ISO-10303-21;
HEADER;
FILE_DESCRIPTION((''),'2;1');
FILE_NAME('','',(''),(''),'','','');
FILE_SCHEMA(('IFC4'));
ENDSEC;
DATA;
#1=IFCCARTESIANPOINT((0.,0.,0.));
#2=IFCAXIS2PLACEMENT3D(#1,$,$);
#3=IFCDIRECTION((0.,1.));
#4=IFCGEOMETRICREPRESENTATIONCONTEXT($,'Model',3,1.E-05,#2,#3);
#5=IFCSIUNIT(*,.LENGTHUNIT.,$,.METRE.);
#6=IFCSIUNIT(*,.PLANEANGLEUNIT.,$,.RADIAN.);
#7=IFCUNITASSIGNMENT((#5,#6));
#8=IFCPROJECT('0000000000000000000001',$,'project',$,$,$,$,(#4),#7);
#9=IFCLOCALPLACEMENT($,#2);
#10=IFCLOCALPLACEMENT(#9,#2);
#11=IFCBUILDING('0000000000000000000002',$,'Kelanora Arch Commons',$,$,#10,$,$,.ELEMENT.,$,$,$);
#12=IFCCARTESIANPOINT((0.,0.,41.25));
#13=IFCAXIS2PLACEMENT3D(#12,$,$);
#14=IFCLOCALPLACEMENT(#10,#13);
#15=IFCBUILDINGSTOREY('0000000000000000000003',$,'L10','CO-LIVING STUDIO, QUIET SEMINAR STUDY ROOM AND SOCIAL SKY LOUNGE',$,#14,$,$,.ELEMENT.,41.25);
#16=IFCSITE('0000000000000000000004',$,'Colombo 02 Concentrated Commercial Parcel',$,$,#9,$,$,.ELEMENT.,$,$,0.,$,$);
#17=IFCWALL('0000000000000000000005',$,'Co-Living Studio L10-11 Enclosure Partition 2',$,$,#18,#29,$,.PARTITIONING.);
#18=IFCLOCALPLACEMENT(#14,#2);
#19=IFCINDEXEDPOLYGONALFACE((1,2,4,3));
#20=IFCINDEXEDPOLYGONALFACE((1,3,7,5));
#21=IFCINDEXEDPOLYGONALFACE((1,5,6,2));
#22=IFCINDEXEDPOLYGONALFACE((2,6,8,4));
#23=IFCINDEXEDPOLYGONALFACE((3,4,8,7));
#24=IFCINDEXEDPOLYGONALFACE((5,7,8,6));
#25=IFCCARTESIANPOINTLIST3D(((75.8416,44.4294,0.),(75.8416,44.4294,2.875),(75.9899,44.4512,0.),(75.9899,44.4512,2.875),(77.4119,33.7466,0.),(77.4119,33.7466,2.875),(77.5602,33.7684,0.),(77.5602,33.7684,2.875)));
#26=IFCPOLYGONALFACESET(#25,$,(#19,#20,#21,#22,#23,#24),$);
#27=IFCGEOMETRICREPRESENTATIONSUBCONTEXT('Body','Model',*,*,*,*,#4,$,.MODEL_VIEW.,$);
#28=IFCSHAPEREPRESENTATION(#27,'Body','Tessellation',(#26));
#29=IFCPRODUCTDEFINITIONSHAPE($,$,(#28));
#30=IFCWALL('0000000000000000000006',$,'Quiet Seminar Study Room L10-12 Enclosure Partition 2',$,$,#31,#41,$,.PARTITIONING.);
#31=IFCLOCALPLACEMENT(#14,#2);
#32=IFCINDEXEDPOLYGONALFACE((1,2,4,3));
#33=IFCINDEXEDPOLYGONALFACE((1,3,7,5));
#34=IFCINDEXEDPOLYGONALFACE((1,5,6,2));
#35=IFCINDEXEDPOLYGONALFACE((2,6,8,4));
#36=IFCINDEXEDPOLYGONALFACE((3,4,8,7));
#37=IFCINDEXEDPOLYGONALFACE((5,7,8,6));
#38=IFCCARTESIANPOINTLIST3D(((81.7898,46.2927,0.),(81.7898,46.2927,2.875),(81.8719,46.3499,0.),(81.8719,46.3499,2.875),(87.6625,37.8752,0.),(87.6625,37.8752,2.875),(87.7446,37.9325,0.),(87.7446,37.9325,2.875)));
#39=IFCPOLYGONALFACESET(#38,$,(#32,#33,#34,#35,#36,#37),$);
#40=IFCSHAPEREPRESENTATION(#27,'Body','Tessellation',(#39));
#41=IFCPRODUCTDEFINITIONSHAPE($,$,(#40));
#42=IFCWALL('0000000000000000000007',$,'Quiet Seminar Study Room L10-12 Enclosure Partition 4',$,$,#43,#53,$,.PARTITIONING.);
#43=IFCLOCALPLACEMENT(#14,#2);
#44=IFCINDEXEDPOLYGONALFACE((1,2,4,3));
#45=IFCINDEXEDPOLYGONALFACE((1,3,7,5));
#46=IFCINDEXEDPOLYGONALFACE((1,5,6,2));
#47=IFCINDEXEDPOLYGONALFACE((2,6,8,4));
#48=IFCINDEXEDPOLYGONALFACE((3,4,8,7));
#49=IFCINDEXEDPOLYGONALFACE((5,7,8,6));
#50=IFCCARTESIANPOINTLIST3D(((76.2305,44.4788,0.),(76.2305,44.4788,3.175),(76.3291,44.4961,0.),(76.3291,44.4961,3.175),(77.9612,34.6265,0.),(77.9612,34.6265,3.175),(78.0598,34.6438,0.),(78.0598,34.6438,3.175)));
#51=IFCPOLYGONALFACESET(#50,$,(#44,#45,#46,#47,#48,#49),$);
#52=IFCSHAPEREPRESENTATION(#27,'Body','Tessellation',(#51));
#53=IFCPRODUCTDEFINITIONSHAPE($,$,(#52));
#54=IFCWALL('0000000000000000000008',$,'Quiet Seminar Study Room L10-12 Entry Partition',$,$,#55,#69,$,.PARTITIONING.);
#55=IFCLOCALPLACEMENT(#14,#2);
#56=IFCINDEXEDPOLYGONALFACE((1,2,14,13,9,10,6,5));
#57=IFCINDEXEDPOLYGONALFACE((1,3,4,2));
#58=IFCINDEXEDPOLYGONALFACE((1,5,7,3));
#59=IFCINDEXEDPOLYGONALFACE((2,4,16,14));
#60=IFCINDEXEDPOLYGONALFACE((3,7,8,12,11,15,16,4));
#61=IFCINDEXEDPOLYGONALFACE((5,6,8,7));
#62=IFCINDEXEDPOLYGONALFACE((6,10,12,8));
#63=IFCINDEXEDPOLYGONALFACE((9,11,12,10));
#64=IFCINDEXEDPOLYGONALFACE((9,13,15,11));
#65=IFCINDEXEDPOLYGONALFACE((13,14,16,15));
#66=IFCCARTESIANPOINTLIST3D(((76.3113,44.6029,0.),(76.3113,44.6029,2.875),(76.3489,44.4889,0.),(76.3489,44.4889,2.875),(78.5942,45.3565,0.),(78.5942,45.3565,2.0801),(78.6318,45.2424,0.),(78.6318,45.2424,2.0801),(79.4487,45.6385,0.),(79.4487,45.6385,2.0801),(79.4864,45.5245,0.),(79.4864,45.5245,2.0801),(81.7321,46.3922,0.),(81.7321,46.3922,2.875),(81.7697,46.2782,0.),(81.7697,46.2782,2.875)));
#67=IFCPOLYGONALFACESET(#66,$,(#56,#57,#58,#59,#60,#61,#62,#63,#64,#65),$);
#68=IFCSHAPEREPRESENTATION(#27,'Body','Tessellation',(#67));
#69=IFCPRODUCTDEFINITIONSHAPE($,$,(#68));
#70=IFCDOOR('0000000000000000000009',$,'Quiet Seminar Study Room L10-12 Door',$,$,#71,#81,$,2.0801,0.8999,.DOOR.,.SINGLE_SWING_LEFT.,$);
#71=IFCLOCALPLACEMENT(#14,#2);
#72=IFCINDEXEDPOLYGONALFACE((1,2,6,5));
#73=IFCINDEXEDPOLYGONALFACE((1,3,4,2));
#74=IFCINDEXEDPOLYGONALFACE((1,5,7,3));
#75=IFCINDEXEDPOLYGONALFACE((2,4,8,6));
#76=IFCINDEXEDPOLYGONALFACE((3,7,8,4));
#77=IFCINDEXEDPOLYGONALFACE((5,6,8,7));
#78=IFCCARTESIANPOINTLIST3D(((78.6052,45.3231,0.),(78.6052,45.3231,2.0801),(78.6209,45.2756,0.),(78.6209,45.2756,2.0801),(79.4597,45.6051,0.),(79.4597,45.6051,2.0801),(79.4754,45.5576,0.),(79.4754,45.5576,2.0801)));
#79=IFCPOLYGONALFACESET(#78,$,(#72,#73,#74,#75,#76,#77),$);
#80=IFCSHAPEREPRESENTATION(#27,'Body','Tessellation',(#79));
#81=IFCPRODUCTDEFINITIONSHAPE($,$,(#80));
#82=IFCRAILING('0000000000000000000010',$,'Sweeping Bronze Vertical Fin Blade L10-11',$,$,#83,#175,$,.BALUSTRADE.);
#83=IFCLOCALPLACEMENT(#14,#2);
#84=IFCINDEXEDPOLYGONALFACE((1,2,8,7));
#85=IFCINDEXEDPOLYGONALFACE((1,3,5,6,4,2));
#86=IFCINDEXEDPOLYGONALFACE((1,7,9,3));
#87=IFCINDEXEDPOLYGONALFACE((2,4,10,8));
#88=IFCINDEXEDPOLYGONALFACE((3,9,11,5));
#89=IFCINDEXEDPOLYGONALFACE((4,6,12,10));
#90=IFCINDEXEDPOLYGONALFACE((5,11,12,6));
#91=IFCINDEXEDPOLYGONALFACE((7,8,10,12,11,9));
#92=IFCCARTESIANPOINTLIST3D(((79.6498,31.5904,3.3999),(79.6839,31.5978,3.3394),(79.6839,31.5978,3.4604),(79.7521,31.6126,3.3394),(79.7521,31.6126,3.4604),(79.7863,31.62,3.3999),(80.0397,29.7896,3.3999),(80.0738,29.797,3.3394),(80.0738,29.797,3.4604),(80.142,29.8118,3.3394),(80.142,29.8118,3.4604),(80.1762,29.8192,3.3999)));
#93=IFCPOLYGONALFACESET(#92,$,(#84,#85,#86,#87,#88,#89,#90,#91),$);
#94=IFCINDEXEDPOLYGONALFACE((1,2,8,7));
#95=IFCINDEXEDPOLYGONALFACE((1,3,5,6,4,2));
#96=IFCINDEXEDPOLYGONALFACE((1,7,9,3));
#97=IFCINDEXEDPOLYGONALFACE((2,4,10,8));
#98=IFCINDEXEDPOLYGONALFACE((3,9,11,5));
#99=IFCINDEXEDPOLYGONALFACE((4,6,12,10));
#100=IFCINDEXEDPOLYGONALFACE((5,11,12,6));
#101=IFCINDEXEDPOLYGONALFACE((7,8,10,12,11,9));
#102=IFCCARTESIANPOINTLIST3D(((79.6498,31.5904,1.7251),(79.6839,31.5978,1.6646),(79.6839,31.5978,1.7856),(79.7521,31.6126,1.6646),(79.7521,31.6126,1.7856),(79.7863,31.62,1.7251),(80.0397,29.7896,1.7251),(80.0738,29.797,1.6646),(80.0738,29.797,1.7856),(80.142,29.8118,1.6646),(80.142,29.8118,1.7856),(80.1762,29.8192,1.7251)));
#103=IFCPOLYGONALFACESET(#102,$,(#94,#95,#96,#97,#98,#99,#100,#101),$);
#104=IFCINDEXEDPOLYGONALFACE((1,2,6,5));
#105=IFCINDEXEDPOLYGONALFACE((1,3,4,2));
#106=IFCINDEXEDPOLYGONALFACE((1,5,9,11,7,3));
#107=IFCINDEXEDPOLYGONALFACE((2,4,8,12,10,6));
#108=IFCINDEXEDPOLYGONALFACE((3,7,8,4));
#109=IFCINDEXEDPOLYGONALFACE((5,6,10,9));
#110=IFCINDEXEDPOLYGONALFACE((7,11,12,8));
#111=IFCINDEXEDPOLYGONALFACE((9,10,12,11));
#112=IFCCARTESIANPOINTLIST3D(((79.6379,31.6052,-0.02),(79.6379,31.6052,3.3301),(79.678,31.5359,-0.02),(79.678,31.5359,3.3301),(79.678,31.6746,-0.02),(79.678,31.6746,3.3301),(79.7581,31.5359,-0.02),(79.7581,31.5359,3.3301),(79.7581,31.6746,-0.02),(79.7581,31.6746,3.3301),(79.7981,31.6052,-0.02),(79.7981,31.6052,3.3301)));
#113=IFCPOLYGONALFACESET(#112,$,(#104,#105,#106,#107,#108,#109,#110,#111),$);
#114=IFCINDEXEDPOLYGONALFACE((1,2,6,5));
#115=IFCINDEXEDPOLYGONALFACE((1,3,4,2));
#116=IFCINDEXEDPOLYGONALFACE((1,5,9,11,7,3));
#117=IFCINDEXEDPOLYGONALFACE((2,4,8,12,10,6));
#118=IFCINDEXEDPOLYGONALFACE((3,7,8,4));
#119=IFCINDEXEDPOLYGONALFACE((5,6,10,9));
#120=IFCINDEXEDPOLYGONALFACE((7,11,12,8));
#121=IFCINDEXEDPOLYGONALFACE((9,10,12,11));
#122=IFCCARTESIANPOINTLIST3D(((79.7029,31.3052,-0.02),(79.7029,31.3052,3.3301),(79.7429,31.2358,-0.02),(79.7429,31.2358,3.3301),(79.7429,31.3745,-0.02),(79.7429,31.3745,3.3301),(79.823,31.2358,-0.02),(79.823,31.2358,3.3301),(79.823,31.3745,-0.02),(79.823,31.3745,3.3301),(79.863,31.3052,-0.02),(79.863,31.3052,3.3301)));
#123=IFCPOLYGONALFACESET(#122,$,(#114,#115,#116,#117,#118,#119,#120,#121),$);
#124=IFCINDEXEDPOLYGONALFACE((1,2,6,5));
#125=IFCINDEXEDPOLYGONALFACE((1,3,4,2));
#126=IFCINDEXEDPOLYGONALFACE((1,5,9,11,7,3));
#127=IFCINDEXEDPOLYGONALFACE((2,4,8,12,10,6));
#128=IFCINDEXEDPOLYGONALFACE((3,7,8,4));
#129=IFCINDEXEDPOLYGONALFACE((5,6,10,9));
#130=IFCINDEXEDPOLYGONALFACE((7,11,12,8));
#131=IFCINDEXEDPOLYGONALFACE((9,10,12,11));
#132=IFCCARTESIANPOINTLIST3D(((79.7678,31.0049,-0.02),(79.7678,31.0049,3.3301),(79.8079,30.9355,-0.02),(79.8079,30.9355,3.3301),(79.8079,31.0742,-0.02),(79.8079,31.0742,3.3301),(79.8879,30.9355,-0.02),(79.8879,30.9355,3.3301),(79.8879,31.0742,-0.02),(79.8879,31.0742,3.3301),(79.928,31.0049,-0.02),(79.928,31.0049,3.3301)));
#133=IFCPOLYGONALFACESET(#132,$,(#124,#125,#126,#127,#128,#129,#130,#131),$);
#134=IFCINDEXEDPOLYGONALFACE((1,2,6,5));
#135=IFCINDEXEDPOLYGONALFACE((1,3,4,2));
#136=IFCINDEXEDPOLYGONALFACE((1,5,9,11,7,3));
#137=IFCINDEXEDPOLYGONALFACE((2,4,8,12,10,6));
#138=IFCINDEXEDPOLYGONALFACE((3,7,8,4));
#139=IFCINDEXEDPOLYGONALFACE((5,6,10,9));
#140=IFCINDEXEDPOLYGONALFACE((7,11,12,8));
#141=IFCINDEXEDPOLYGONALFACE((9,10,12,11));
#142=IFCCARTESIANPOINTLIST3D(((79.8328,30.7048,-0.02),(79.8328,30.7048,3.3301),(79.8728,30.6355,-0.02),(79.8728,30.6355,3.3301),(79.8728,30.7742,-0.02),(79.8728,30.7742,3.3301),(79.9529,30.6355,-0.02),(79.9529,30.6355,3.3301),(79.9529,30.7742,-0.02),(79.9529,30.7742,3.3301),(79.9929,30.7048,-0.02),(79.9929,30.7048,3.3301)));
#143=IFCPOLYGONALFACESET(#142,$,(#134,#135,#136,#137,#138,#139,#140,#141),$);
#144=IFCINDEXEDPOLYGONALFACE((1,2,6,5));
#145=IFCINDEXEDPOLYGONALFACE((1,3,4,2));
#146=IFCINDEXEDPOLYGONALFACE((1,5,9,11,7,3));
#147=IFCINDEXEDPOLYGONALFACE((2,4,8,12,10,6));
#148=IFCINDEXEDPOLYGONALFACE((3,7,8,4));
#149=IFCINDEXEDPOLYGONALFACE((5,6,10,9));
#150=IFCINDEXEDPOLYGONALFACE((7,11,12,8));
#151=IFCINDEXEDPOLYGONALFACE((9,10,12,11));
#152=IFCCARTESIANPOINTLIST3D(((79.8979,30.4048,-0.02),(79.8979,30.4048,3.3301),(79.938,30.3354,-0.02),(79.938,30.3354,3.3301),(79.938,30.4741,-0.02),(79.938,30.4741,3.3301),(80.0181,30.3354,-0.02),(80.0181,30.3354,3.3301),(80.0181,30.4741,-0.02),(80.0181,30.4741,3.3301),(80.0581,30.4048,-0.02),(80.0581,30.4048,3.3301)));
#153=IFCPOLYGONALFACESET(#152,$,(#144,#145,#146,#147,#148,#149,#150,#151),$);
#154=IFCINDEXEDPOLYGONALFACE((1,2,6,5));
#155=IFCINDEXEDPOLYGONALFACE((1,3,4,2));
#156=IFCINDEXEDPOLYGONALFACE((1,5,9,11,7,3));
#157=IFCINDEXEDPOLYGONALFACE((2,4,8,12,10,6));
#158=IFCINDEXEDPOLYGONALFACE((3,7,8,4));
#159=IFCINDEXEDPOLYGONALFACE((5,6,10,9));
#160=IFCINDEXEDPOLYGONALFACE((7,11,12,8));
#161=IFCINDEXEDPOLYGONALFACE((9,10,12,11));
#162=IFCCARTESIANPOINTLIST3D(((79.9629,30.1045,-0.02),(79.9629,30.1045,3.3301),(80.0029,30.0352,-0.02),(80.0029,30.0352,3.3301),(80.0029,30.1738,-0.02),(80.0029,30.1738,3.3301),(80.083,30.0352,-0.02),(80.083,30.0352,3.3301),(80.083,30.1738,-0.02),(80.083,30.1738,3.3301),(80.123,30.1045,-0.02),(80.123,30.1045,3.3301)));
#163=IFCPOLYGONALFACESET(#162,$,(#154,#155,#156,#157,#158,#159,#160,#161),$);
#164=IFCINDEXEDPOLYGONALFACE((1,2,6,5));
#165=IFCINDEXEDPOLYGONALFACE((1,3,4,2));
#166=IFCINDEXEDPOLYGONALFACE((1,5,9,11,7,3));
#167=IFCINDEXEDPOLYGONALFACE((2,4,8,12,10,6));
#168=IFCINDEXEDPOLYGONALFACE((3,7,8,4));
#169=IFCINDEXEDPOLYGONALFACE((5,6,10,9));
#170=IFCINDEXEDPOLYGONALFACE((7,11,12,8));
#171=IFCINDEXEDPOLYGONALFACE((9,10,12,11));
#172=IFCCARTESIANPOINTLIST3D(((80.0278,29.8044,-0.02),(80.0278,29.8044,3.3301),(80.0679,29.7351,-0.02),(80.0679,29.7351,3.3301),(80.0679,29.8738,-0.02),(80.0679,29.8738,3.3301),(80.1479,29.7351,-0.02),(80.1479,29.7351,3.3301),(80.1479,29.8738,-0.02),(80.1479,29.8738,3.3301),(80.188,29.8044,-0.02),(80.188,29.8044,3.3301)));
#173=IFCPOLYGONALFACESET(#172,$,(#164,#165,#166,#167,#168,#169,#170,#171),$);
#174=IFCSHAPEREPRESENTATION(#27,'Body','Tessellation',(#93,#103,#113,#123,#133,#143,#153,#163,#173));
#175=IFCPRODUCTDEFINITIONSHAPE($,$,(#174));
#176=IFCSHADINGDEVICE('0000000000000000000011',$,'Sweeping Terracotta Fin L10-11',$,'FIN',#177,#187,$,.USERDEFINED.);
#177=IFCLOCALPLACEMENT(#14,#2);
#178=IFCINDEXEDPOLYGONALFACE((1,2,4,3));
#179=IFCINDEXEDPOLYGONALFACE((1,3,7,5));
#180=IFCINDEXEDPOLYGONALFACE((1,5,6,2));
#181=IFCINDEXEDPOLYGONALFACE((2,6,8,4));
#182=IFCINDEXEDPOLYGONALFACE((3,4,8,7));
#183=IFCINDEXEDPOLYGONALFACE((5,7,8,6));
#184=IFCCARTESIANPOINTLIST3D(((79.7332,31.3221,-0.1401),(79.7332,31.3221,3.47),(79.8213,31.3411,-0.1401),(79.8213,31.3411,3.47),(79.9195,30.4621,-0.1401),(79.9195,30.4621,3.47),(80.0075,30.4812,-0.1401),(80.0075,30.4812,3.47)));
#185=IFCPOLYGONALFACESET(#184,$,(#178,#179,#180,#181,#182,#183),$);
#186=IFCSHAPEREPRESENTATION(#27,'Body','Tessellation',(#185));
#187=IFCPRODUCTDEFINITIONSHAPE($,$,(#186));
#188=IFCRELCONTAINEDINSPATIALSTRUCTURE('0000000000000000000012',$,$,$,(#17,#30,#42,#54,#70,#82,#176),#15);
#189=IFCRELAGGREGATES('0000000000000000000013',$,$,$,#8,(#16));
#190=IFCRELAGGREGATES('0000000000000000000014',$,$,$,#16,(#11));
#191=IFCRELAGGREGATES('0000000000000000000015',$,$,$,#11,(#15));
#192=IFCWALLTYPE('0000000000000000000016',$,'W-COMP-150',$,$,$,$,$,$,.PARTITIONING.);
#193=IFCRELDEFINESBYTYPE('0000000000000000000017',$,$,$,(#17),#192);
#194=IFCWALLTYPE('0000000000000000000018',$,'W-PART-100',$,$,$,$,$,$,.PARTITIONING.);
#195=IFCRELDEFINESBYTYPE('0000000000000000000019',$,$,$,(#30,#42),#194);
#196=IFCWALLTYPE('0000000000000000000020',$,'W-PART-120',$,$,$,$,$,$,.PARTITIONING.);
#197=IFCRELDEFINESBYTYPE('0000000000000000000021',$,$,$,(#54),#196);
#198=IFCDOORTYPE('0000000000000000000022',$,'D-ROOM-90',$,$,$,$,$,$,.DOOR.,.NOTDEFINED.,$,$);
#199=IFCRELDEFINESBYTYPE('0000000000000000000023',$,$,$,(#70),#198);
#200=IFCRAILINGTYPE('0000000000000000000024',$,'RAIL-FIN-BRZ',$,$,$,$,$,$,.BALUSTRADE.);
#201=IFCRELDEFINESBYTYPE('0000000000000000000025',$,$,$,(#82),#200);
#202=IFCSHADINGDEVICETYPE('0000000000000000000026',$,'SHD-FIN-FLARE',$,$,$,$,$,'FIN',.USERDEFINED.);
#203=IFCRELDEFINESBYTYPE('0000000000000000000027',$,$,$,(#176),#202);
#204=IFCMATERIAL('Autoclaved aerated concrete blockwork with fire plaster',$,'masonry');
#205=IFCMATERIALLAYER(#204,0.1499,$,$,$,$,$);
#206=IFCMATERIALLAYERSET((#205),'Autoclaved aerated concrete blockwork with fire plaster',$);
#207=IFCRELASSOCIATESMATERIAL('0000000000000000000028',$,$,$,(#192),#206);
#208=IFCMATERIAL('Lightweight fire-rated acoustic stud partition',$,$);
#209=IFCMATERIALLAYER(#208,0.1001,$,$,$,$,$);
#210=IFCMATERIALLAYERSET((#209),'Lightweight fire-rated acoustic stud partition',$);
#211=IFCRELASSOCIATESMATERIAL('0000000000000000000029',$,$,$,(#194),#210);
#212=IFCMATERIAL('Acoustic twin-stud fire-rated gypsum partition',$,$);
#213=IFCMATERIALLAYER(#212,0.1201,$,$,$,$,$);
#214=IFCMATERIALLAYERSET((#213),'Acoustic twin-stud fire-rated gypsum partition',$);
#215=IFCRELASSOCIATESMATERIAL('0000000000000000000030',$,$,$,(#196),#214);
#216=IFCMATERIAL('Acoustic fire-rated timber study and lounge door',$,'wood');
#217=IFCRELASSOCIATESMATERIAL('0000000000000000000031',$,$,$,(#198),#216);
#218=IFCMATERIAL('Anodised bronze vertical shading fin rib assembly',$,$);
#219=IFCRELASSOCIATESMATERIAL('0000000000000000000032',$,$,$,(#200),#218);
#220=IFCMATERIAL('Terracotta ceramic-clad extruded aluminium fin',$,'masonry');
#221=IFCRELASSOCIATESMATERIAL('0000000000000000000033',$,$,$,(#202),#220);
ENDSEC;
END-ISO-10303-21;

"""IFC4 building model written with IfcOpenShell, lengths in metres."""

from ifc_helpers import new_model, si_unit, direction, frame, frame_2d, origin, origin_2d, place, context, subcontext, project, spatial, polyline, rectangle, outline, extrude, source, transform, mapped, material, layer, layer_set, type_object, element, fill, save


model = new_model("IFC4")

# Units and contexts
model_context = context("Model", 3, precision=1e-05, world=origin(), true_north=direction((0.0, 1.0)))
body_context = subcontext(model_context, "Body", "Model", "MODEL_VIEW")
ifc_project = project(units=[si_unit("LENGTHUNIT", "METRE"), si_unit("PLANEANGLEUNIT", "RADIAN")], contexts=[model_context])

# Site, building, storey
site_placement = place(None, origin())
site = spatial("IfcSite", under=ifc_project, at=site_placement, Name="Colombo 02 Concentrated Commercial Parcel", CompositionType="ELEMENT", RefElevation=0.0)
building_placement = place(site_placement, origin())
building = spatial("IfcBuilding", under=site, at=building_placement, Name="Kelanora Arch Commons", CompositionType="ELEMENT")
storey_placement = place(building_placement, frame((0.0, 0.0, 41.25)))
storey = spatial("IfcBuildingStorey", under=building, at=storey_placement, Name="L10", Description="CO-LIVING STUDIO, QUIET SEMINAR STUDY ROOM AND SOCIAL SKY LOUNGE", CompositionType="ELEMENT", Elevation=41.25)

# Walls
ifc_material_1 = material(Name="Autoclaved aerated concrete blockwork with fire plaster", Category="masonry")
ifc_layer_1 = layer(ifc_material_1, 0.1499)
ifc_layer_set_1 = layer_set([ifc_layer_1], Name="Autoclaved aerated concrete blockwork with fire plaster")
wall_type_1 = type_object("IfcWallType", Name="W-COMP-150", PredefinedType="PARTITIONING", material=ifc_layer_set_1)
wall_1_placement = place(storey_placement, frame((75.9158, 44.4404, 0.0), z_axis=(0.0, 0.0, 1.0), x_axis=(0.145431, -0.989368, 0.0)))
element("IfcWall", 1, at=wall_1_placement, inside=storey, type_object=wall_type_1, Name="Co-Living Studio L10-11 Enclosure Partition 2", PredefinedType="PARTITIONING", context=body_context, shape_type="SweptSolid", body=[
    extrude(rectangle(XDim=10.7976, YDim=0.1499, at=frame_2d((5.3989, 0.0))), origin(), (0.0, 0.0, 1.0), 2.875),
])
ifc_material_2 = material(Name="Lightweight fire-rated acoustic stud partition")
ifc_layer_2 = layer(ifc_material_2, 0.1001)
ifc_layer_set_2 = layer_set([ifc_layer_2], Name="Lightweight fire-rated acoustic stud partition")
wall_type_2 = type_object("IfcWallType", Name="W-PART-100", PredefinedType="PARTITIONING", material=ifc_layer_set_2)
wall_2_placement = place(storey_placement, frame((81.8308, 46.3213, 0.0), z_axis=(0.0, 0.0, 1.0), x_axis=(0.572191, -0.82012, 0.0)))
element("IfcWall", 2, at=wall_2_placement, inside=storey, type_object=wall_type_2, Name="Quiet Seminar Study Room L10-12 Enclosure Partition 2", PredefinedType="PARTITIONING", context=body_context, shape_type="SweptSolid", body=[
    extrude(rectangle(XDim=10.2637, YDim=0.1001, at=frame_2d((5.1318, 0.0))), origin(), (0.0, 0.0, 1.0), 2.875),
])
wall_3_placement = place(storey_placement, frame((78.0105, 34.6353, 0.0), z_axis=(0.0, 0.0, 1.0), x_axis=(-0.173017, 0.984919, 0.0)))
element("IfcWall", 3, at=wall_3_placement, inside=storey, type_object=wall_type_2, Name="Quiet Seminar Study Room L10-12 Enclosure Partition 4", PredefinedType="PARTITIONING", context=body_context, shape_type="SweptSolid", body=[
    extrude(rectangle(XDim=10.0032, YDim=0.1001, at=frame_2d((5.0015, 0.0))), origin(), (0.0, 0.0, 1.0), 3.175),
])

# Wall, opening, door
ifc_material_3 = material(Name="Acoustic twin-stud fire-rated gypsum partition")
ifc_layer_3 = layer(ifc_material_3, 0.1201)
ifc_layer_set_3 = layer_set([ifc_layer_3], Name="Acoustic twin-stud fire-rated gypsum partition")
wall_type_3 = type_object("IfcWallType", Name="W-PART-120", PredefinedType="PARTITIONING", material=ifc_layer_set_3)
wall_4_placement = place(storey_placement, frame((76.3301, 44.5459, 0.0), z_axis=(0.0, 0.0, 1.0), x_axis=(0.949607, 0.313442, 0.0)))
wall_4 = element("IfcWall", 4, at=wall_4_placement, inside=storey, type_object=wall_type_3, Name="Quiet Seminar Study Room L10-12 Entry Partition", PredefinedType="PARTITIONING", context=body_context, shape_type="SweptSolid", body=[
    extrude(rectangle(XDim=5.7085, YDim=0.1201, at=frame_2d((2.8542, 0.0))), origin(), (0.0, 0.0, 1.0), 2.875),
])
opening_placement = place(wall_4_placement, frame((2.4041, 0.0, 0.0)))
opening = element("IfcOpeningElement", 5, at=opening_placement, cuts=wall_4, PredefinedType="OPENING", context=body_context, shape_type="SweptSolid", body=[
    extrude(rectangle(XDim=0.8999, YDim=2.0801, at=frame_2d((0.45, 1.04))), frame((0.0, 0.0701, 0.0), z_axis=(0.0, -1.0, 0.0), x_axis=(1.0, 0.0, 0.0)), (0.0, 0.0, 1.0), 0.1401),
])
ifc_material_4 = material(Name="Acoustic fire-rated timber study and lounge door", Category="wood")
door_type = type_object("IfcDoorType", Name="D-ROOM-90", OperationType="NOTDEFINED", PredefinedType="DOOR", material=ifc_material_4)
door_placement = place(opening_placement, origin())
door = element("IfcDoor", 6, at=door_placement, inside=storey, type_object=door_type, Name="Quiet Seminar Study Room L10-12 Door", OperationType="SINGLE_SWING_LEFT", OverallHeight=2.0801, OverallWidth=0.8999, PredefinedType="DOOR", context=body_context, shape_type="SweptSolid", body=[
    extrude(rectangle(XDim=0.8999, YDim=2.0801, at=frame_2d((0.45, 1.04))), frame((0.0, 0.0249, 0.0), z_axis=(0.0, -1.0, 0.0), x_axis=(1.0, 0.0, 0.0)), (0.0, 0.0, 1.0), 0.05),
])
fill(opening, door)

# Railing
ifc_material_5 = material(Name="Anodised bronze vertical shading fin rib assembly")
railing_type = type_object("IfcRailingType", Name="RAIL-FIN-BRZ", PredefinedType="BALUSTRADE", material=ifc_material_5)
railing_placement = place(storey_placement, frame((79.718, 31.6052, -0.02)))
element("IfcRailing", 7, at=railing_placement, inside=storey, type_object=railing_type, Name="Sweeping Bronze Vertical Fin Blade L10-11", PredefinedType="BALUSTRADE", context=body_context, shape_type="SweptSolid", body=[
    extrude(outline(polyline([(0.0698, 0.0), (0.0349, 0.0605), (-0.0349, 0.0605), (-0.0698, 0.0), (-0.0349, -0.0605), (0.0349, -0.0605), (0.0698, 0.0)])), frame((0.0, 0.0, 3.4199), z_axis=(0.21161, -0.977354, 0.0), x_axis=(0.977354, 0.21161, 0.0)), (0.0, 0.0, 1.0), 1.8425),
    extrude(outline(polyline([(0.0698, 0.0), (0.0349, 0.0605), (-0.0349, 0.0605), (-0.0698, 0.0), (-0.0349, -0.0605), (0.0349, -0.0605), (0.0698, 0.0)])), frame((0.0, 0.0, 1.7451), z_axis=(0.21161, -0.977354, 0.0), x_axis=(0.977354, 0.21161, 0.0)), (0.0, 0.0, 1.0), 1.8425),
    extrude(outline(polyline([(0.0801, 0.0), (0.04, 0.0693), (-0.04, 0.0693), (-0.0801, 0.0), (-0.04, -0.0693), (0.04, -0.0693), (0.0801, 0.0)])), origin(), (0.0, 0.0, 1.0), 3.3501),
    extrude(outline(polyline([(0.0801, 0.0), (0.04, 0.0693), (-0.04, 0.0693), (-0.0801, 0.0), (-0.04, -0.0693), (0.04, -0.0693), (0.0801, 0.0)])), frame((0.0649, -0.3, 0.0)), (0.0, 0.0, 1.0), 3.3501),
    extrude(outline(polyline([(0.0801, 0.0), (0.04, 0.0693), (-0.04, 0.0693), (-0.0801, 0.0), (-0.04, -0.0693), (0.04, -0.0693), (0.0801, 0.0)])), frame((0.1299, -0.6003, 0.0)), (0.0, 0.0, 1.0), 3.3501),
    extrude(outline(polyline([(0.0801, 0.0), (0.04, 0.0693), (-0.04, 0.0693), (-0.0801, 0.0), (-0.04, -0.0693), (0.04, -0.0693), (0.0801, 0.0)])), frame((0.1948, -0.9004, 0.0)), (0.0, 0.0, 1.0), 3.3501),
    extrude(outline(polyline([(0.0801, 0.0), (0.04, 0.0693), (-0.04, 0.0693), (-0.0801, 0.0), (-0.04, -0.0693), (0.04, -0.0693), (0.0801, 0.0)])), frame((0.26, -1.2004, 0.0)), (0.0, 0.0, 1.0), 3.3501),
    extrude(outline(polyline([(0.0801, 0.0), (0.04, 0.0693), (-0.04, 0.0693), (-0.0801, 0.0), (-0.04, -0.0693), (0.04, -0.0693), (0.0801, 0.0)])), frame((0.325, -1.5007, 0.0)), (0.0, 0.0, 1.0), 3.3501),
    extrude(outline(polyline([(0.0801, 0.0), (0.04, 0.0693), (-0.04, 0.0693), (-0.0801, 0.0), (-0.04, -0.0693), (0.04, -0.0693), (0.0801, 0.0)])), frame((0.3899, -1.8008, 0.0)), (0.0, 0.0, 1.0), 3.3501),
])

# Shading device
ifc_material_6 = material(Name="Terracotta ceramic-clad extruded aluminium fin", Category="masonry")
shading_device_type = type_object("IfcShadingDeviceType", Name="SHD-FIN-FLARE", ElementType="FIN", PredefinedType="USERDEFINED", material=ifc_material_6)
shared_shape_1 = source(origin(), body_context, "Body", "SweptSolid", [
    extrude(rectangle(XDim=0.8799, YDim=0.0901, at=origin_2d()), origin(), (0.0, 0.0, 1.0), 3.6101),
])
shading_device_placement = place(storey_placement, frame((79.8704, 30.9016, -0.1401), z_axis=(0.0, 0.0, 1.0), x_axis=(0.211666, -0.977342, 0.0)))
element("IfcShadingDevice", 8, at=shading_device_placement, inside=storey, type_object=shading_device_type, Name="Sweeping Terracotta Fin L10-11", ObjectType="FIN", PredefinedType="USERDEFINED", context=body_context, shape_type="MappedRepresentation", body=[
    mapped(shared_shape_1, transform((0.0, 0.0, 0.0), scale=1.0)),
])

save(model, "model.ifc")
